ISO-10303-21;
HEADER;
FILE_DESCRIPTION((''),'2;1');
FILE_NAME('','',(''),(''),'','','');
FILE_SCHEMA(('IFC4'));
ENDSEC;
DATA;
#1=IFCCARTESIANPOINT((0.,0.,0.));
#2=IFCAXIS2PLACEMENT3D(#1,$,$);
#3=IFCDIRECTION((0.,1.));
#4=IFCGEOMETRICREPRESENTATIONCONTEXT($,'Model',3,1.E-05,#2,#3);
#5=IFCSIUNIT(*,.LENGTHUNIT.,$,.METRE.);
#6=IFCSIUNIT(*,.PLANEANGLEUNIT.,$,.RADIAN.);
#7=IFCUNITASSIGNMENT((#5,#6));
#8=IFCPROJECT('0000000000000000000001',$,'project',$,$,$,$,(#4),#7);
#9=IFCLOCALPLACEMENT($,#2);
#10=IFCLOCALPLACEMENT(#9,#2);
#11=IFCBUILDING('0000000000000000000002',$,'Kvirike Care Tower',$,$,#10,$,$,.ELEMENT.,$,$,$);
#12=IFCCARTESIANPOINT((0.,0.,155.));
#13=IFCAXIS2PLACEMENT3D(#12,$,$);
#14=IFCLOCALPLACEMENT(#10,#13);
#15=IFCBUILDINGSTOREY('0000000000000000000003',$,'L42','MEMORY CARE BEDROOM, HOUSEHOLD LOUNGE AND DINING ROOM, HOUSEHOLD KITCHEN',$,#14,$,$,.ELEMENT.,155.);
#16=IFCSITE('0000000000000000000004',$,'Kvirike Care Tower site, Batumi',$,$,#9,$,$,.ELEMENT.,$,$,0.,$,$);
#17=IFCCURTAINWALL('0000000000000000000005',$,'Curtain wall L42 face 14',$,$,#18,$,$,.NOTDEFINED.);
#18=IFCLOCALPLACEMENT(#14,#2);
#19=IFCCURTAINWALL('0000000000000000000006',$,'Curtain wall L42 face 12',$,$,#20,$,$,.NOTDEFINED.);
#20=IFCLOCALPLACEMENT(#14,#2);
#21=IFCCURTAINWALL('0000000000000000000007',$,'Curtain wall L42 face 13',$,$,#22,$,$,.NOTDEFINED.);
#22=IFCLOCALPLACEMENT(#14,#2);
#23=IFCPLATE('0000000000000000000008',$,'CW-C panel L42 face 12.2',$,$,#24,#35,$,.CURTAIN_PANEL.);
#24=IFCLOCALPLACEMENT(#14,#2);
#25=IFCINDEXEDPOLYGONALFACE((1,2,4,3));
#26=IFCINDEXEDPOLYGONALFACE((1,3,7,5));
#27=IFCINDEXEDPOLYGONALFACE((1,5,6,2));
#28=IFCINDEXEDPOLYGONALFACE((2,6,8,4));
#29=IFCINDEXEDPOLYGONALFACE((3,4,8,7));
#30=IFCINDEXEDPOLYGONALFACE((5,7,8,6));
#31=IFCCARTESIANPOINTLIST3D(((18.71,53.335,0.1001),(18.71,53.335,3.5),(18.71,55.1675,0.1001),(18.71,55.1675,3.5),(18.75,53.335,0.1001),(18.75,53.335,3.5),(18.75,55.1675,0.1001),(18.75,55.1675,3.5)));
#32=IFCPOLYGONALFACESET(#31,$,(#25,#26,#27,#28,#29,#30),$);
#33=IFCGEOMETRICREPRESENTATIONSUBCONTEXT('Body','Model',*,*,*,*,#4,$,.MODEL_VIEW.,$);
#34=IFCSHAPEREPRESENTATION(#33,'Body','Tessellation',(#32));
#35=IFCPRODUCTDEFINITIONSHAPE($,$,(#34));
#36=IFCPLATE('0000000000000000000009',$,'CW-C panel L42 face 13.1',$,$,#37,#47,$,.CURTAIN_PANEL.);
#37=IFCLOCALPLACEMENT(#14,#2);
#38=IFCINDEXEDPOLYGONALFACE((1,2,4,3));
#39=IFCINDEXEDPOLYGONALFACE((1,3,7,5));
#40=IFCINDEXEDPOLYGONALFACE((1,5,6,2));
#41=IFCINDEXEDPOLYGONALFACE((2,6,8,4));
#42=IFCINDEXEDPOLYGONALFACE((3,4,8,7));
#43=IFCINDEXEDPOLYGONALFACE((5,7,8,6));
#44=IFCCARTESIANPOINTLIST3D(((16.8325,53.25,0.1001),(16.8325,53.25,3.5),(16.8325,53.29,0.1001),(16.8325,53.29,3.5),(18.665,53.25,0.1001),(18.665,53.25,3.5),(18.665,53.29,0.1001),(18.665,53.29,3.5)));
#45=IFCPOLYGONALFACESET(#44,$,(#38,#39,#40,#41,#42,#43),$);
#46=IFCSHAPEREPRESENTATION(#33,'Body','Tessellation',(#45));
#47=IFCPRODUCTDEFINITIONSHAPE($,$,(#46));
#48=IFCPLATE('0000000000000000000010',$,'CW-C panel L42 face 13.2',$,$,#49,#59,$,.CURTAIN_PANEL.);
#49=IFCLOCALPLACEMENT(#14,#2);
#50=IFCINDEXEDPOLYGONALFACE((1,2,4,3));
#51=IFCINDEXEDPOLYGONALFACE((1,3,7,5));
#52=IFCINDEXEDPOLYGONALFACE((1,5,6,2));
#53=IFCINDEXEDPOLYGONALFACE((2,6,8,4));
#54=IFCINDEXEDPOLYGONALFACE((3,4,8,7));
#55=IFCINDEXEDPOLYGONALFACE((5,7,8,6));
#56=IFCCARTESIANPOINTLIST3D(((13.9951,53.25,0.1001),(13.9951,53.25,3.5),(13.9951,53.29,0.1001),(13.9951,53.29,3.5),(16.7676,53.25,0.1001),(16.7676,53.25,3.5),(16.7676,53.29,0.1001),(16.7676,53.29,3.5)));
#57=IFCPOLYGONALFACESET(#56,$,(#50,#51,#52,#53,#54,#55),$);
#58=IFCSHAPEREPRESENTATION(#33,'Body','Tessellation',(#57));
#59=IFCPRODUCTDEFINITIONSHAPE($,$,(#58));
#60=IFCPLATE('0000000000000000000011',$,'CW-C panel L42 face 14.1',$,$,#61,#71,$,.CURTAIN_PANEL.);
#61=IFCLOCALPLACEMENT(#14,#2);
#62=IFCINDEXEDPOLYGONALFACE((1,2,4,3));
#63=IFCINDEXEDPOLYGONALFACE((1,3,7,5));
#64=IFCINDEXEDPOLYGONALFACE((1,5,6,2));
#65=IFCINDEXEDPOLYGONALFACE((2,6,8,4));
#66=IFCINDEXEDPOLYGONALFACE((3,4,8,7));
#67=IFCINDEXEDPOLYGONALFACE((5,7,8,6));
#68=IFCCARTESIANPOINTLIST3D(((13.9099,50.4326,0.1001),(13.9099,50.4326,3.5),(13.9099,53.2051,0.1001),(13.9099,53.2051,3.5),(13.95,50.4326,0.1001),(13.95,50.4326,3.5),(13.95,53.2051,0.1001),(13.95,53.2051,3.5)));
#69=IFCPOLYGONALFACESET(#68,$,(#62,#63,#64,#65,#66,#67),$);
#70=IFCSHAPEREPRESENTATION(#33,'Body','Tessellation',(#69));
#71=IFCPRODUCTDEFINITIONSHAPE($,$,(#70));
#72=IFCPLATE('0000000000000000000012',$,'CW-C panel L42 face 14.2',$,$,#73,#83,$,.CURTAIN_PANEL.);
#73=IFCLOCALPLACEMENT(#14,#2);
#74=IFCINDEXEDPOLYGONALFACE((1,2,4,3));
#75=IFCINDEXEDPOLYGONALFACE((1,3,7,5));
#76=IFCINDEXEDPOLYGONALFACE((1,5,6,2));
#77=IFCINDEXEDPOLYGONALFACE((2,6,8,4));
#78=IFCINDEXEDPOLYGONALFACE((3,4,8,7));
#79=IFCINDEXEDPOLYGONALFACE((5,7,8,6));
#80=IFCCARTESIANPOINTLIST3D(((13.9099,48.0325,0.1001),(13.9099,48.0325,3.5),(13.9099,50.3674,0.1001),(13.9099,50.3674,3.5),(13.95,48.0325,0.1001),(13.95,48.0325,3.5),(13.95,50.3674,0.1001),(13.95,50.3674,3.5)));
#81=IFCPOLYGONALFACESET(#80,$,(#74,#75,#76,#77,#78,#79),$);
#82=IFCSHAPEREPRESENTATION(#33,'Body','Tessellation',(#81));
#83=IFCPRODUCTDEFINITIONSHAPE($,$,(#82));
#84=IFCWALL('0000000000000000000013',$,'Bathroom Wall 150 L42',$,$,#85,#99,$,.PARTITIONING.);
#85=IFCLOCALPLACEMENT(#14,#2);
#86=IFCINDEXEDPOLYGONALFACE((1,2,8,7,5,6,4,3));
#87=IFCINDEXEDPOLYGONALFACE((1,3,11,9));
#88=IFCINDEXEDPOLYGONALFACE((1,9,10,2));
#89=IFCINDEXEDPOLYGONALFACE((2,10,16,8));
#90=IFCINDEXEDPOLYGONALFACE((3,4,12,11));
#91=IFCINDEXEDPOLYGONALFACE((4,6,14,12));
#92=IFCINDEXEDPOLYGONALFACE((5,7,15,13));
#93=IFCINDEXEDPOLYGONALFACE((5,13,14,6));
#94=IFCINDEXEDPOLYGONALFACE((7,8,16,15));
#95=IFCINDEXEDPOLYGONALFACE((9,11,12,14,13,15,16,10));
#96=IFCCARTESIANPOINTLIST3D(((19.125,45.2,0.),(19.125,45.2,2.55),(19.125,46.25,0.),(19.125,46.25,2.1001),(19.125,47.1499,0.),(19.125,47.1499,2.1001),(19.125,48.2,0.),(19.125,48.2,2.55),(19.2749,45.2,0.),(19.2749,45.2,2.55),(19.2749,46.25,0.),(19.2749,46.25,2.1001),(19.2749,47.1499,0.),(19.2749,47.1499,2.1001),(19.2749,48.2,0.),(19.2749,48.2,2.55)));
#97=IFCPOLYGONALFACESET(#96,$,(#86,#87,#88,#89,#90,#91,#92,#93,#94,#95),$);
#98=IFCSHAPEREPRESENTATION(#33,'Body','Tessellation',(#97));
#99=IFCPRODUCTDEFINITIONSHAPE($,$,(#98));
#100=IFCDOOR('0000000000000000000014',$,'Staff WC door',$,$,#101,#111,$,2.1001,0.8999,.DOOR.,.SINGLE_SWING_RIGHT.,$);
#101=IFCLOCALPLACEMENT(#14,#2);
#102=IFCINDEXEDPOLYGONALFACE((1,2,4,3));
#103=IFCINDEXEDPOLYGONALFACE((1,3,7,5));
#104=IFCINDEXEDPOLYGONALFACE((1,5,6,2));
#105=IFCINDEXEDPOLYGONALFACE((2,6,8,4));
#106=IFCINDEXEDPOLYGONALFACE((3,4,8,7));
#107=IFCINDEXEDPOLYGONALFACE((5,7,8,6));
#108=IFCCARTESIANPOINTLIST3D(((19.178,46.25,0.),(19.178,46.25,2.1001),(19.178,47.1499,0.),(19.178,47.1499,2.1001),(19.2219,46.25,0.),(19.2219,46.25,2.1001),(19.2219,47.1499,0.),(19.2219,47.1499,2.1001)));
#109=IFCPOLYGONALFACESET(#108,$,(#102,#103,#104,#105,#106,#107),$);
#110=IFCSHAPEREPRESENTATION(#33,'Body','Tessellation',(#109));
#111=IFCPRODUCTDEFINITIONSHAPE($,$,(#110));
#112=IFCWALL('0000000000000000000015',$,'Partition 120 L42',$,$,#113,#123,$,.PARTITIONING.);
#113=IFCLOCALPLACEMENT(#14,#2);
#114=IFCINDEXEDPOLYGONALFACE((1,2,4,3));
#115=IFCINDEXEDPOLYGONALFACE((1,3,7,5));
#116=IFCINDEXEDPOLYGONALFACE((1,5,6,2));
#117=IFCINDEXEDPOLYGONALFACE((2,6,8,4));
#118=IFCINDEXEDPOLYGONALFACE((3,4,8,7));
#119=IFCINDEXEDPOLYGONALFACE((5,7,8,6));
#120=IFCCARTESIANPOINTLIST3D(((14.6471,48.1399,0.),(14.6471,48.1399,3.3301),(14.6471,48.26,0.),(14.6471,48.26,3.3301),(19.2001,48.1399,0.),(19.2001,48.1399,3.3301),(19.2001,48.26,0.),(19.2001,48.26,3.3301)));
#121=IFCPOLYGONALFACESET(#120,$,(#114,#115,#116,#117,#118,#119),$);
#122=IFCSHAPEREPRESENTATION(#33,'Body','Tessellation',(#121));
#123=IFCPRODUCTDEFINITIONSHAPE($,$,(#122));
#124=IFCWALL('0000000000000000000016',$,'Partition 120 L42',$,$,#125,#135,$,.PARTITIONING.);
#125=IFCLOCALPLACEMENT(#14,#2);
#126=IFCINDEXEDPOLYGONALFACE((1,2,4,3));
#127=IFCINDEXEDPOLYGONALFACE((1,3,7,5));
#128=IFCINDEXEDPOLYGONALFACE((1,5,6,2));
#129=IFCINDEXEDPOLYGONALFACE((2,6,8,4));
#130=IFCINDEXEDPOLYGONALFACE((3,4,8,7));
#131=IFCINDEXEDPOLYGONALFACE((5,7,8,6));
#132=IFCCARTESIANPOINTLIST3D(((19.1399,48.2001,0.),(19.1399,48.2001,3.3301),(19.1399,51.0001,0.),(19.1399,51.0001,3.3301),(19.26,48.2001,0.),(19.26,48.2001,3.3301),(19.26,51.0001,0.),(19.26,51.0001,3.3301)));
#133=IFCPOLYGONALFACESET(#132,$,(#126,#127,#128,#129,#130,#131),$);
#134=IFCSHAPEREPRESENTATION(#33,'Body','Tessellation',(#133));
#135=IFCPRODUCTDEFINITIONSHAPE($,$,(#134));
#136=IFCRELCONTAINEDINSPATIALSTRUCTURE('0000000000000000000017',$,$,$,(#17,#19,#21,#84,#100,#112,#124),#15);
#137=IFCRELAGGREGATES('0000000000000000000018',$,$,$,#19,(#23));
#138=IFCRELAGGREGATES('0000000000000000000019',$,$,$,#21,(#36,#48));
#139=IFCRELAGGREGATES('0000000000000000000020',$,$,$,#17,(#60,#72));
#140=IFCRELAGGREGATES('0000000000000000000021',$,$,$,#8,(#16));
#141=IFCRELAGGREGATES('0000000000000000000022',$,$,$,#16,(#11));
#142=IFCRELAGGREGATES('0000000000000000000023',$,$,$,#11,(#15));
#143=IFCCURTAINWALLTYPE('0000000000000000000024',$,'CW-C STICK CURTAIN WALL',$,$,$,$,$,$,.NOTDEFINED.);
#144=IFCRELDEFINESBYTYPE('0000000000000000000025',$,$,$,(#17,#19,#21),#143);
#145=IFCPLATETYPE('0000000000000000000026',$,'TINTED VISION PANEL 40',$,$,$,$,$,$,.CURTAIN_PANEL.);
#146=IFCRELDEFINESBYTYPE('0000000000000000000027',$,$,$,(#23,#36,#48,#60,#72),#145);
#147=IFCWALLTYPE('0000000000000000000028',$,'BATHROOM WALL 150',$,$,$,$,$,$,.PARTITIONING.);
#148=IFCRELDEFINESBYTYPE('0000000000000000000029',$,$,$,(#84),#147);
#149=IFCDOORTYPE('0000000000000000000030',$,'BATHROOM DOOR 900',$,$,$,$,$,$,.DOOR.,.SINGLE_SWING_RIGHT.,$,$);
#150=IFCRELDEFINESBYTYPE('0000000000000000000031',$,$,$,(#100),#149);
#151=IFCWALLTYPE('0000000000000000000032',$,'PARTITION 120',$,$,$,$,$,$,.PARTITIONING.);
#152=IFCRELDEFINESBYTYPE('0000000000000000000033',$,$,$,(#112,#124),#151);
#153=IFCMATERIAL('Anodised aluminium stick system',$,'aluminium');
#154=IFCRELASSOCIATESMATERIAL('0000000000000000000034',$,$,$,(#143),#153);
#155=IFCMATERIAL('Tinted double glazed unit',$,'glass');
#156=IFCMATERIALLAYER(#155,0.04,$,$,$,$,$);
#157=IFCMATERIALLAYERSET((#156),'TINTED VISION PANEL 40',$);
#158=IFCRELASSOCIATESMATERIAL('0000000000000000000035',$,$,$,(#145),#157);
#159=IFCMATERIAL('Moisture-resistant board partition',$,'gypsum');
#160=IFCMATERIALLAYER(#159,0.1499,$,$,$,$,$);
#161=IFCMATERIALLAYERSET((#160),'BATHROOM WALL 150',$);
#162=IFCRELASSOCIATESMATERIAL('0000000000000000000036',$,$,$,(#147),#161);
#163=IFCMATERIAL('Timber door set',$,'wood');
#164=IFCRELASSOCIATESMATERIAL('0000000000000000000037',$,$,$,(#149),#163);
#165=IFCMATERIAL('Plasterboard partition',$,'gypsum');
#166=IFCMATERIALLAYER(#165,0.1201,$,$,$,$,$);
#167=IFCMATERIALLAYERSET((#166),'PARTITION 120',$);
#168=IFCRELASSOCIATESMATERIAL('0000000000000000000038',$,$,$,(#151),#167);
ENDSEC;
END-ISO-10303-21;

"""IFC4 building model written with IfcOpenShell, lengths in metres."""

from ifc_helpers import new_model, si_unit, direction, frame, frame_2d, origin, origin_2d, place, context, subcontext, project, spatial, rectangle, extrude, material, layer, layer_set, type_object, element, fill, aggregate, save


model = new_model("IFC4")

# Units and contexts
model_context = context("Model", 3, precision=1e-05, world=origin(), true_north=direction((0.0, 1.0)))
body_context = subcontext(model_context, "Body", "Model", "MODEL_VIEW")
ifc_project = project(units=[si_unit("LENGTHUNIT", "METRE"), si_unit("PLANEANGLEUNIT", "RADIAN")], contexts=[model_context])

# Site, building, storey
site_placement = place(None, origin())
site = spatial("IfcSite", under=ifc_project, at=site_placement, Name="Kvirike Care Tower site, Batumi", CompositionType="ELEMENT", RefElevation=0.0)
building_placement = place(site_placement, origin())
building = spatial("IfcBuilding", under=site, at=building_placement, Name="Kvirike Care Tower", CompositionType="ELEMENT")
storey_placement = place(building_placement, frame((0.0, 0.0, 155.0)))
storey = spatial("IfcBuildingStorey", under=building, at=storey_placement, Name="L42", Description="MEMORY CARE BEDROOM, HOUSEHOLD LOUNGE AND DINING ROOM, HOUSEHOLD KITCHEN", CompositionType="ELEMENT", Elevation=155.0)

# Curtain wall
ifc_material_1 = material(Name="Anodised aluminium stick system", Category="aluminium")
curtain_wall_type = type_object("IfcCurtainWallType", Name="CW-C STICK CURTAIN WALL", PredefinedType="NOTDEFINED", material=ifc_material_1)
curtain_wall_1_placement = place(storey_placement, origin())
curtain_wall_1 = element("IfcCurtainWall", 1, at=curtain_wall_1_placement, inside=storey, type_object=curtain_wall_type, Name="Curtain wall L42 face 14", PredefinedType="NOTDEFINED")

# Curtain walls
curtain_wall_2_placement = place(storey_placement, origin())
curtain_wall_2 = element("IfcCurtainWall", 2, at=curtain_wall_2_placement, inside=storey, type_object=curtain_wall_type, Name="Curtain wall L42 face 12", PredefinedType="NOTDEFINED")
curtain_wall_3_placement = place(storey_placement, origin())
curtain_wall_3 = element("IfcCurtainWall", 3, at=curtain_wall_3_placement, inside=storey, type_object=curtain_wall_type, Name="Curtain wall L42 face 13", PredefinedType="NOTDEFINED")

# Plates
ifc_material_2 = material(Name="Tinted double glazed unit", Category="glass")
ifc_layer_1 = layer(ifc_material_2, 0.04)
ifc_layer_set_1 = layer_set([ifc_layer_1], Name="TINTED VISION PANEL 40")
plate_type = type_object("IfcPlateType", Name="TINTED VISION PANEL 40", PredefinedType="CURTAIN_PANEL", material=ifc_layer_set_1)
plate_1_placement = place(storey_placement, frame((18.73, 54.2512, 0.1001), z_axis=(0.0, 0.0, 1.0), x_axis=(0.0, -1.0, 0.0)))
plate_1 = element("IfcPlate", 4, at=plate_1_placement, type_object=plate_type, Name="CW-C panel L42 face 12.2", PredefinedType="CURTAIN_PANEL", context=body_context, shape_type="SweptSolid", body=[
    extrude(rectangle(XDim=1.8325, YDim=0.04, at=origin_2d()), origin(), (0.0, 0.0, 1.0), 3.3999),
])
aggregate(curtain_wall_2, [plate_1])
plate_2_placement = place(storey_placement, frame((17.7488, 53.27, 0.1001), z_axis=(0.0, 0.0, 1.0), x_axis=(-1.0, 0.0, 0.0)))
plate_2 = element("IfcPlate", 5, at=plate_2_placement, type_object=plate_type, Name="CW-C panel L42 face 13.1", PredefinedType="CURTAIN_PANEL", context=body_context, shape_type="SweptSolid", body=[
    extrude(rectangle(XDim=1.8325, YDim=0.04, at=origin_2d()), origin(), (0.0, 0.0, 1.0), 3.3999),
])
plate_3_placement = place(storey_placement, frame((15.3813, 53.27, 0.1001), z_axis=(0.0, 0.0, 1.0), x_axis=(-1.0, 0.0, 0.0)))
plate_3 = element("IfcPlate", 6, at=plate_3_placement, type_object=plate_type, Name="CW-C panel L42 face 13.2", PredefinedType="CURTAIN_PANEL", context=body_context, shape_type="SweptSolid", body=[
    extrude(rectangle(XDim=2.7725, YDim=0.04, at=origin_2d()), origin(), (0.0, 0.0, 1.0), 3.3999),
])
aggregate(curtain_wall_3, [plate_2, plate_3])
plate_4_placement = place(storey_placement, frame((13.9299, 51.8188, 0.1001), z_axis=(0.0, 0.0, 1.0), x_axis=(0.0, -1.0, 0.0)))
plate_4 = element("IfcPlate", 7, at=plate_4_placement, type_object=plate_type, Name="CW-C panel L42 face 14.1", PredefinedType="CURTAIN_PANEL", context=body_context, shape_type="SweptSolid", body=[
    extrude(rectangle(XDim=2.7725, YDim=0.04, at=origin_2d()), origin(), (0.0, 0.0, 1.0), 3.3999),
])
plate_5_placement = place(storey_placement, frame((13.9299, 49.2, 0.1001), z_axis=(0.0, 0.0, 1.0), x_axis=(0.0, -1.0, 0.0)))
plate_5 = element("IfcPlate", 8, at=plate_5_placement, type_object=plate_type, Name="CW-C panel L42 face 14.2", PredefinedType="CURTAIN_PANEL", context=body_context, shape_type="SweptSolid", body=[
    extrude(rectangle(XDim=2.335, YDim=0.04, at=origin_2d()), origin(), (0.0, 0.0, 1.0), 3.3999),
])
aggregate(curtain_wall_1, [plate_4, plate_5])

# Wall, opening, door
ifc_material_3 = material(Name="Moisture-resistant board partition", Category="gypsum")
ifc_layer_2 = layer(ifc_material_3, 0.1499)
ifc_layer_set_2 = layer_set([ifc_layer_2], Name="BATHROOM WALL 150")
wall_type_1 = type_object("IfcWallType", Name="BATHROOM WALL 150", PredefinedType="PARTITIONING", material=ifc_layer_set_2)
wall_1_placement = place(storey_placement, frame((19.2, 48.2, 0.0), z_axis=(0.0, 0.0, 1.0), x_axis=(0.0, -1.0, 0.0)))
wall_1 = element("IfcWall", 9, at=wall_1_placement, inside=storey, type_object=wall_type_1, Name="Bathroom Wall 150 L42", PredefinedType="PARTITIONING", context=body_context, shape_type="SweptSolid", body=[
    extrude(rectangle(XDim=3.0, YDim=0.1499, at=frame_2d((1.5, 0.0))), origin(), (0.0, 0.0, 1.0), 2.55),
])
opening_placement = place(wall_1_placement, frame((1.05, 0.0, 0.0)))
opening = element("IfcOpeningElement", 10, at=opening_placement, cuts=wall_1, PredefinedType="OPENING", context=body_context, shape_type="SweptSolid", body=[
    extrude(rectangle(XDim=0.8999, YDim=2.1001, at=frame_2d((0.45, 1.05))), frame((0.0, 0.0854, 0.0), z_axis=(0.0, -1.0, 0.0), x_axis=(1.0, 0.0, 0.0)), (0.0, 0.0, 1.0), 0.1709),
])
ifc_material_4 = material(Name="Timber door set", Category="wood")
door_type = type_object("IfcDoorType", Name="BATHROOM DOOR 900", OperationType="SINGLE_SWING_RIGHT", PredefinedType="DOOR", material=ifc_material_4)
door_placement = place(opening_placement, frame((0.8999, 0.0, 0.0), z_axis=(0.0, 0.0, 1.0), x_axis=(-1.0, 0.0, 0.0)))
door = element("IfcDoor", 11, at=door_placement, inside=storey, type_object=door_type, Name="Staff WC door", OperationType="SINGLE_SWING_RIGHT", OverallHeight=2.1001, OverallWidth=0.8999, PredefinedType="DOOR", context=body_context, shape_type="SweptSolid", body=[
    extrude(rectangle(XDim=0.8999, YDim=2.1001, at=frame_2d((0.45, 1.05))), frame((0.0, 0.022, 0.0), z_axis=(0.0, -1.0, 0.0), x_axis=(1.0, 0.0, 0.0)), (0.0, 0.0, 1.0), 0.0439),
])
fill(opening, door)

# Walls
ifc_material_5 = material(Name="Plasterboard partition", Category="gypsum")
ifc_layer_3 = layer(ifc_material_5, 0.1201)
ifc_layer_set_3 = layer_set([ifc_layer_3], Name="PARTITION 120")
wall_type_2 = type_object("IfcWallType", Name="PARTITION 120", PredefinedType="PARTITIONING", material=ifc_layer_set_3)
wall_2_placement = place(storey_placement, frame((19.2, 48.2, 0.0), z_axis=(0.0, 0.0, 1.0), x_axis=(-1.0, 0.0, 0.0)))
element("IfcWall", 12, at=wall_2_placement, inside=storey, type_object=wall_type_2, Name="Partition 120 L42", PredefinedType="PARTITIONING", context=body_context, shape_type="SweptSolid", body=[
    extrude(rectangle(XDim=4.553, YDim=0.1201, at=frame_2d((2.2764, 0.0))), origin(), (0.0, 0.0, 1.0), 3.3301),
])
wall_3_placement = place(storey_placement, frame((19.2, 51.0, 0.0), z_axis=(0.0, 0.0, 1.0), x_axis=(0.0, -1.0, 0.0)))
element("IfcWall", 13, at=wall_3_placement, inside=storey, type_object=wall_type_2, Name="Partition 120 L42", PredefinedType="PARTITIONING", context=body_context, shape_type="SweptSolid", body=[
    extrude(rectangle(XDim=2.8, YDim=0.1201, at=frame_2d((1.3999, 0.0))), origin(), (0.0, 0.0, 1.0), 3.3301),
])

save(model, "model.ifc")
